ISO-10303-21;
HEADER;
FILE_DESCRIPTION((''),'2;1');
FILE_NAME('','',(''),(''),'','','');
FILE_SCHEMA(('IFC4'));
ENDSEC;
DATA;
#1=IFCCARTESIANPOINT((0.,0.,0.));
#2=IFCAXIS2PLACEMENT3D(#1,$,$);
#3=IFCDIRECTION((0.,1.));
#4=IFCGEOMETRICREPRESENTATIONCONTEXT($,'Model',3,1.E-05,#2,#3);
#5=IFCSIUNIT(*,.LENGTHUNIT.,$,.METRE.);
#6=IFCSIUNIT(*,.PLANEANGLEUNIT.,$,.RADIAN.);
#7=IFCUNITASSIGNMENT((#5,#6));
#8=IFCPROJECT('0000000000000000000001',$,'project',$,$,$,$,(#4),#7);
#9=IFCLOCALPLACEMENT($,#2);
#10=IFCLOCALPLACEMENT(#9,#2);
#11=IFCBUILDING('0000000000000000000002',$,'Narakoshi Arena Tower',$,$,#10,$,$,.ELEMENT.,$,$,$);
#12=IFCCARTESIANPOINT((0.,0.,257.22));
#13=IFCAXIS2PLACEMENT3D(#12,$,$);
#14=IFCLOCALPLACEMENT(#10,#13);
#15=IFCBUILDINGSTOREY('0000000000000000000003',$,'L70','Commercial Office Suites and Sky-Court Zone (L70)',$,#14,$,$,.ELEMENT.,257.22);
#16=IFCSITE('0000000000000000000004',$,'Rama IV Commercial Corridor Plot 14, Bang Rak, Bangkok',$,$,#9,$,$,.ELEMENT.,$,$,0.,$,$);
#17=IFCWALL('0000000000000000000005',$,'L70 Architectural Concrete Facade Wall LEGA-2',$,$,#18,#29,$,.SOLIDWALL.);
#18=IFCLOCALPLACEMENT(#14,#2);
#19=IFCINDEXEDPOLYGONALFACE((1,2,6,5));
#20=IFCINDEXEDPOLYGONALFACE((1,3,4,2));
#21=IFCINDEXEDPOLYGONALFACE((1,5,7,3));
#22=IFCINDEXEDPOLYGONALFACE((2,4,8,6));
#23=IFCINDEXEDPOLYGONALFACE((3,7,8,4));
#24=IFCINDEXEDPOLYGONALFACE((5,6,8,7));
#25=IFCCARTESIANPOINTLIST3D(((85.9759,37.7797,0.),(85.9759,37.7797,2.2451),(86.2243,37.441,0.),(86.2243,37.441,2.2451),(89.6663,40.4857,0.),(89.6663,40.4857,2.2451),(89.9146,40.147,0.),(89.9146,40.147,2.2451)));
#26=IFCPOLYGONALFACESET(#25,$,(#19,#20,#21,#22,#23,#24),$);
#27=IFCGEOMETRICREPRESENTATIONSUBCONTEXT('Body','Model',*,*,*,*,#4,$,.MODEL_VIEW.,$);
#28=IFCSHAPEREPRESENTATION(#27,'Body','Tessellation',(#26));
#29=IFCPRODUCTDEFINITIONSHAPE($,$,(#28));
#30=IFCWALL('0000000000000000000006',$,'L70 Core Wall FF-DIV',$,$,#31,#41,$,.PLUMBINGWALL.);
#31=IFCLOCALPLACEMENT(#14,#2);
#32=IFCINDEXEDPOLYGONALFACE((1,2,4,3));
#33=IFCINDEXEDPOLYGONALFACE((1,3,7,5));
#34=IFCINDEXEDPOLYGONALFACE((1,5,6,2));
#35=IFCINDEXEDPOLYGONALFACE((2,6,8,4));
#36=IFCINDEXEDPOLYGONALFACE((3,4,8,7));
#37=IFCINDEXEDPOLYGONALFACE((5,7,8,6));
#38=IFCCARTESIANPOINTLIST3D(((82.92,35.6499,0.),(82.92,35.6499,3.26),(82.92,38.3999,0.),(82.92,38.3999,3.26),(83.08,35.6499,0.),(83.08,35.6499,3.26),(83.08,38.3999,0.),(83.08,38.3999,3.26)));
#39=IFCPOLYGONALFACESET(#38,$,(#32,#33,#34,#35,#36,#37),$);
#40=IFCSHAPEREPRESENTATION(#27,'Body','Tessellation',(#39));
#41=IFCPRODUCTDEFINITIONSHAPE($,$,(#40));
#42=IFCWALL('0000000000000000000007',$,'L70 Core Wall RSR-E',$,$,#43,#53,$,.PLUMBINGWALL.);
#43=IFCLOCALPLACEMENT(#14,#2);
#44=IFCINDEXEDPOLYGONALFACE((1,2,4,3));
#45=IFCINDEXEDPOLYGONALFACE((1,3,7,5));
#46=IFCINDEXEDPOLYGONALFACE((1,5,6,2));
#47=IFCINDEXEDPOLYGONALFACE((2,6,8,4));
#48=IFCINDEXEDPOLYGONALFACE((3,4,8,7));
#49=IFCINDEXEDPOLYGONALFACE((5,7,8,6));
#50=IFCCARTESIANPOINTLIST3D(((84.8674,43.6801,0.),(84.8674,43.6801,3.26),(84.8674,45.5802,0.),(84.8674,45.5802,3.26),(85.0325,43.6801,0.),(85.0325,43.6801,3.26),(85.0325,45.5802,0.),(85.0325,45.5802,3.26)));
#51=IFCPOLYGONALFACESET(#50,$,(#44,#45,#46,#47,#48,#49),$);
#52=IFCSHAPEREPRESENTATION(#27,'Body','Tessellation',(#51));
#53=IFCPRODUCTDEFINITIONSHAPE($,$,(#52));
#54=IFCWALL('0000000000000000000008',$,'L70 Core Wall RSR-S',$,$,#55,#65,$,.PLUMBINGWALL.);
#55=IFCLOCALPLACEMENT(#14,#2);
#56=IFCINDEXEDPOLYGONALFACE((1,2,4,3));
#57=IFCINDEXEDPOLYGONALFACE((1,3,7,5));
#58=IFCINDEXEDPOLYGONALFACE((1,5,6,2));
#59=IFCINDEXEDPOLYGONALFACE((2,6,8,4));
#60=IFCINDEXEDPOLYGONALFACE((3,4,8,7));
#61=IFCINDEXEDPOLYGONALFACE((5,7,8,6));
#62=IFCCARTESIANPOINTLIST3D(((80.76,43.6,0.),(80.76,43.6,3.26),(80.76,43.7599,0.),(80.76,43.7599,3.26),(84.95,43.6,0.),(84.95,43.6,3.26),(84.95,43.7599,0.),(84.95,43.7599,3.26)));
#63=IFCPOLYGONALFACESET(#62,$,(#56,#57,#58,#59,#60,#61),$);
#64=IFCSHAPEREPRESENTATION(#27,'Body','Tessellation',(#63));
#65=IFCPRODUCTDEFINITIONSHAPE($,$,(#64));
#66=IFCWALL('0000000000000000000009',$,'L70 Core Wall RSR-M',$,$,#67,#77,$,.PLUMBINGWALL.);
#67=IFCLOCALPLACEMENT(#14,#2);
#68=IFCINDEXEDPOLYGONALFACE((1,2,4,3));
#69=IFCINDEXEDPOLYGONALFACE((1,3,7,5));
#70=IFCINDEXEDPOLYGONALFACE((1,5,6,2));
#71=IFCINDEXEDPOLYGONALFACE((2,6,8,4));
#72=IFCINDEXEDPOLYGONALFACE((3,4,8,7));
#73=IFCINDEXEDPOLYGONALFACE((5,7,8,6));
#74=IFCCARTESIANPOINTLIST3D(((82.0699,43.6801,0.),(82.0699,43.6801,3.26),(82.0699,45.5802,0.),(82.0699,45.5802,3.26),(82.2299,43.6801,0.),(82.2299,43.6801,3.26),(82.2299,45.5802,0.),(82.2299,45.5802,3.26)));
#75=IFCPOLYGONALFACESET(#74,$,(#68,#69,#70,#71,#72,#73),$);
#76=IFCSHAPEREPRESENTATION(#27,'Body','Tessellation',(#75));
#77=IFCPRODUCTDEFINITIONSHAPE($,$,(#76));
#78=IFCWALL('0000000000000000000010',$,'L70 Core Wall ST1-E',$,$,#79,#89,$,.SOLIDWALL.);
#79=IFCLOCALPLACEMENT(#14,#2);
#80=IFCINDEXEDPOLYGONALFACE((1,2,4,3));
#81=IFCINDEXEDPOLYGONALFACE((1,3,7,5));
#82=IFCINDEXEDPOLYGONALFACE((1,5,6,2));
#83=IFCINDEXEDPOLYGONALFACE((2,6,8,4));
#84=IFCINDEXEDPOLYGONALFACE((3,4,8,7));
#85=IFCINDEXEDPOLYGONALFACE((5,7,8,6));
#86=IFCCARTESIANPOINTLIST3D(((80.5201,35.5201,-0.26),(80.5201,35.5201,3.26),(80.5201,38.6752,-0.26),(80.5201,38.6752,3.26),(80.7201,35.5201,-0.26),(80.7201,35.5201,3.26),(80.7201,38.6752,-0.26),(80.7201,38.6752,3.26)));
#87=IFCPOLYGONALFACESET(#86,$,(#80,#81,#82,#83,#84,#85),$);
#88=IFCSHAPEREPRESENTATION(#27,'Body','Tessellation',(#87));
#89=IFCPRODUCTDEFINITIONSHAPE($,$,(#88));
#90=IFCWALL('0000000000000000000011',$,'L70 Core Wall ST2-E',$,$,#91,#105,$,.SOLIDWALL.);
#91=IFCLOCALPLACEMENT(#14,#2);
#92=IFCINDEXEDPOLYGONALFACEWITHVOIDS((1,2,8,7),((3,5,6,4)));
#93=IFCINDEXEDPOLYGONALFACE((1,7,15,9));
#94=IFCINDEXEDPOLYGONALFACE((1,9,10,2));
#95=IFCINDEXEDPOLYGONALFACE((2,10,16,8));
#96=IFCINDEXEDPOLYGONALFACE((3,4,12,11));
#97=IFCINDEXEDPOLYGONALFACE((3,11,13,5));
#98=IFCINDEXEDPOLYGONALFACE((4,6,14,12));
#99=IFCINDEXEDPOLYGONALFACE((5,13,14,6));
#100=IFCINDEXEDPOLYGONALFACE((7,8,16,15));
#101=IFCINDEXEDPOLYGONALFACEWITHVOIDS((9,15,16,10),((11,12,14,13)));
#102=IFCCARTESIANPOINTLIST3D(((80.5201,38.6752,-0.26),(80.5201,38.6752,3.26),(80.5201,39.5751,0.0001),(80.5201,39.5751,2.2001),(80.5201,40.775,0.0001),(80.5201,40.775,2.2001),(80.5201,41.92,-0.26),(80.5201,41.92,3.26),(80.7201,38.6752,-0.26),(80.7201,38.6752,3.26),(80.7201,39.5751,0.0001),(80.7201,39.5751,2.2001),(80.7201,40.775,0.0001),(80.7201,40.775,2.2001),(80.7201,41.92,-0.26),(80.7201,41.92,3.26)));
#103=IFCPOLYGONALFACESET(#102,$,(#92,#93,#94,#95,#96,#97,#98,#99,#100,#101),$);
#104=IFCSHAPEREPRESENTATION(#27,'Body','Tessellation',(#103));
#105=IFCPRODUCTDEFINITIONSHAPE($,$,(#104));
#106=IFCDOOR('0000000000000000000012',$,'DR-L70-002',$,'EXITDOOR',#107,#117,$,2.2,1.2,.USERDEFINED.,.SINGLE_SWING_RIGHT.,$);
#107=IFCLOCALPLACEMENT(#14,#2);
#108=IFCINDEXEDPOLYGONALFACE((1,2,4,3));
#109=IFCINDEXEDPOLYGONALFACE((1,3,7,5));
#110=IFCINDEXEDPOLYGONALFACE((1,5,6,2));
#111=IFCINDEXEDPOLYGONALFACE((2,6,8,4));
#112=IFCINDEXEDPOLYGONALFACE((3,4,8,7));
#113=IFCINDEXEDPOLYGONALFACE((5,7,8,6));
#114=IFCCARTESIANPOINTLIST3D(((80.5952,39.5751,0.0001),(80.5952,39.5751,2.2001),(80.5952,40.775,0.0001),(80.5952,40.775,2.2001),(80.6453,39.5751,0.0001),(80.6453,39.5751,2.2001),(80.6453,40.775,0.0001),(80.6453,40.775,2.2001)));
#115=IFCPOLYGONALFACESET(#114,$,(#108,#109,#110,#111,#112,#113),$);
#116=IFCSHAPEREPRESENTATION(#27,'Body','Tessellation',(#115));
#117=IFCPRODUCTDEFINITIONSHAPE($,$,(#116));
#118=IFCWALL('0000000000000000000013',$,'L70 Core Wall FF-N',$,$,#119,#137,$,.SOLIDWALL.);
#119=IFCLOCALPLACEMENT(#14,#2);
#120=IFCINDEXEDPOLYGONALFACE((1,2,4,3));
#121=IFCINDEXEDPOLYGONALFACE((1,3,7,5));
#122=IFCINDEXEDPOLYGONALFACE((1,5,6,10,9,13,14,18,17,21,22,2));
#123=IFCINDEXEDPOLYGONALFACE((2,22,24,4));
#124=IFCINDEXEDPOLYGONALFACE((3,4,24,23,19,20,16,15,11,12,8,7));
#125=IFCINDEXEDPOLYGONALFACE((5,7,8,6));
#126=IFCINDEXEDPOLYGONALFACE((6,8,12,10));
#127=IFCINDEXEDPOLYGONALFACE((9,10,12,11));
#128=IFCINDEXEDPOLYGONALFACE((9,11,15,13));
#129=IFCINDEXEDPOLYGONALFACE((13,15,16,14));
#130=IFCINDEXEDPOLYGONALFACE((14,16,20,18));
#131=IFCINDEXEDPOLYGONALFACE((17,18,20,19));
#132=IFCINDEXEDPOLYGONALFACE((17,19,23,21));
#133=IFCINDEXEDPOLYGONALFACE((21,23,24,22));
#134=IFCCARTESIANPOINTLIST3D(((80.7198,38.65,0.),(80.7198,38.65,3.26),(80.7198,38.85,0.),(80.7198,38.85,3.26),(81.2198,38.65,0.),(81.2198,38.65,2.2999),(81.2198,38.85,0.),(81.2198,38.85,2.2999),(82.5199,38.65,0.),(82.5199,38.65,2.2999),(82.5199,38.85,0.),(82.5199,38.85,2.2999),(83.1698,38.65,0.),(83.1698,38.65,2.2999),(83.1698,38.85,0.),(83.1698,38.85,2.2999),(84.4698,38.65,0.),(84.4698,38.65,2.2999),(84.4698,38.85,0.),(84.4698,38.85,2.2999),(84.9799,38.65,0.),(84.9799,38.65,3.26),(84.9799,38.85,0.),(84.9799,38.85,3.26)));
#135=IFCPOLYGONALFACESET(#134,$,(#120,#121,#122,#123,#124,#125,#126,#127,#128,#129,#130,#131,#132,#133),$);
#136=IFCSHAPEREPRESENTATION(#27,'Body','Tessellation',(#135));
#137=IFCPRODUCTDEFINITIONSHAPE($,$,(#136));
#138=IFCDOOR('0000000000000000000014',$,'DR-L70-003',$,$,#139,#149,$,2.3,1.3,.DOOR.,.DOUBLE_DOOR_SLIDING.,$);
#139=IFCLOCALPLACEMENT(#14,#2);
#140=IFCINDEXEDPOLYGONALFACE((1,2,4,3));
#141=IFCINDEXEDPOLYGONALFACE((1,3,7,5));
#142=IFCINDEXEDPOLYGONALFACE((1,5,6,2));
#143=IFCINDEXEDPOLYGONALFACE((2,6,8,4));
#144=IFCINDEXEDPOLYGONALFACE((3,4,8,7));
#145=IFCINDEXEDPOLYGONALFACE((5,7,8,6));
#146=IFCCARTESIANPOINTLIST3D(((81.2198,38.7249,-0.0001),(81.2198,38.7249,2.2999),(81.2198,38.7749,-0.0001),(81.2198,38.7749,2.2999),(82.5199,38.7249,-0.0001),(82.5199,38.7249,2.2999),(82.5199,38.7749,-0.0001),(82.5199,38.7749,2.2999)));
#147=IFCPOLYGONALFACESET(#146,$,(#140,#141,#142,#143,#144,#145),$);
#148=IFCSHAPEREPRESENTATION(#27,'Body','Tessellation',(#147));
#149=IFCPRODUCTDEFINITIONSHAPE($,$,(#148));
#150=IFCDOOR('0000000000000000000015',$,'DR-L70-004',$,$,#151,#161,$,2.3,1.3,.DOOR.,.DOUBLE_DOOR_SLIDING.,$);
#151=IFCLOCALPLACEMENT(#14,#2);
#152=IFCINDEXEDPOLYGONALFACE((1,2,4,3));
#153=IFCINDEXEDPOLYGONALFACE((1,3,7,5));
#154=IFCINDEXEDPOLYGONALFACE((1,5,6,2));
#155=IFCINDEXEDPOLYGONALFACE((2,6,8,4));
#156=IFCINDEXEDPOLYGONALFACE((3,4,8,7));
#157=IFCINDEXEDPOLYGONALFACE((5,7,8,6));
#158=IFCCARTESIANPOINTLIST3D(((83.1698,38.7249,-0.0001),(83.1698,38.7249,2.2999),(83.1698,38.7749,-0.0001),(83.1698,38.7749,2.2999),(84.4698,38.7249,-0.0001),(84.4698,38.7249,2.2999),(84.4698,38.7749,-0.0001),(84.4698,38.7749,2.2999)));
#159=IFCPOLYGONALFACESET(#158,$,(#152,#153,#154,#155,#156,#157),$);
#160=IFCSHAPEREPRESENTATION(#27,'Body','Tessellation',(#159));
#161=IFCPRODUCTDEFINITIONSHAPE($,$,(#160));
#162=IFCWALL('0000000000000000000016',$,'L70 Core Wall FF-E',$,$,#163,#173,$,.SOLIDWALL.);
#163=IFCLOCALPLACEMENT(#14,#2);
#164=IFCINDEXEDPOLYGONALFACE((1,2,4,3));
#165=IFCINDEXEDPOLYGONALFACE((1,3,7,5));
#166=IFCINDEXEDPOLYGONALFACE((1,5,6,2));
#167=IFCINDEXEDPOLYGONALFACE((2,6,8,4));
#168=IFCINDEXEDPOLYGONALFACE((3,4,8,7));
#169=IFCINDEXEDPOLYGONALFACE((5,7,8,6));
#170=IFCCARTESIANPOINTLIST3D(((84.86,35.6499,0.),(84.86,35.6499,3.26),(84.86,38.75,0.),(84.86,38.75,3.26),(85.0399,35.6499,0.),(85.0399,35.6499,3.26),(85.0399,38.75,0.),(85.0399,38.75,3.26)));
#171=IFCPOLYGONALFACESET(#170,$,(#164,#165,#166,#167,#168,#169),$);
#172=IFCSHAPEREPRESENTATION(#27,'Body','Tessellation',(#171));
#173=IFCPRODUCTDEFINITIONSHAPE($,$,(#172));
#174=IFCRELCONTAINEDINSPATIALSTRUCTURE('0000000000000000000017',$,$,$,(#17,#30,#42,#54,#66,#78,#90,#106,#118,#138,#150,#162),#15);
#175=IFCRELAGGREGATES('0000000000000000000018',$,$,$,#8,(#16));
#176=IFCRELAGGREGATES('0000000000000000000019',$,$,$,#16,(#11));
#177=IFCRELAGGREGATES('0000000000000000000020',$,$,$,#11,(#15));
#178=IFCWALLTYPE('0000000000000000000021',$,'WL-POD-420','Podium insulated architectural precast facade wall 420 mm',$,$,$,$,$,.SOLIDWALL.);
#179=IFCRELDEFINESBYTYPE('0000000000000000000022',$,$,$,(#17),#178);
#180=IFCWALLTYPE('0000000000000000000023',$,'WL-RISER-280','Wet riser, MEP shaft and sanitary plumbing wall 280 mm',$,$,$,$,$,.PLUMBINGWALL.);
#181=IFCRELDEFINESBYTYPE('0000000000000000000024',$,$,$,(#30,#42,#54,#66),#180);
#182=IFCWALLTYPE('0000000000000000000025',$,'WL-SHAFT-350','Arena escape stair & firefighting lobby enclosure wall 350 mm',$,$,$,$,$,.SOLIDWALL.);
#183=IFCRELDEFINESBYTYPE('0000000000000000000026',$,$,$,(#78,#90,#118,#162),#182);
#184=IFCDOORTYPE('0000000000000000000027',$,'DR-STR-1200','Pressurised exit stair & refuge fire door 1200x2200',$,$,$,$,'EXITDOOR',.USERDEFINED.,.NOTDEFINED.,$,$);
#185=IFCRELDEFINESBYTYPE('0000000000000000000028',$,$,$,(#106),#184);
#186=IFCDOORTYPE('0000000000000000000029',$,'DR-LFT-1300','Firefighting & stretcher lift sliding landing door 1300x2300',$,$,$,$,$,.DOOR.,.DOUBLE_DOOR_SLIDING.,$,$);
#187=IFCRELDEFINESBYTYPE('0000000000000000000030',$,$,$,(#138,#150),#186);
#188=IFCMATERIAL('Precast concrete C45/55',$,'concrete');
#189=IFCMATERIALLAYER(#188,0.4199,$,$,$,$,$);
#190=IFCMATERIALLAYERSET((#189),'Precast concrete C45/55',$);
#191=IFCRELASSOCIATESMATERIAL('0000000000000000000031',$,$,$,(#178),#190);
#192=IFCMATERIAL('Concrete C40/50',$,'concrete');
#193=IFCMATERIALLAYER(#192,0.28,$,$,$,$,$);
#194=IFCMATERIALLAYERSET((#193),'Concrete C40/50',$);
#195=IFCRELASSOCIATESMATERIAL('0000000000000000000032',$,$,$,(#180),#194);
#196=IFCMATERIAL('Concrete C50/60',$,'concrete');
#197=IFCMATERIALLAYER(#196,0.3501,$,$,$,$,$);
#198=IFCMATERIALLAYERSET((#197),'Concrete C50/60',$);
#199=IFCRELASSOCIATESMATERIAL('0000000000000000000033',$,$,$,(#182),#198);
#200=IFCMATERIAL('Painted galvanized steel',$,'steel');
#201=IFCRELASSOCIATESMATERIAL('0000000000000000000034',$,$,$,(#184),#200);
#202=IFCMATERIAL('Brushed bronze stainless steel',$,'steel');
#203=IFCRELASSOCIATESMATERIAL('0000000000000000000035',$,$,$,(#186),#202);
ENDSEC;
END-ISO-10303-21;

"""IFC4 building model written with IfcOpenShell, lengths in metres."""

from ifc_helpers import new_model, si_unit, direction, frame, frame_2d, origin, place, context, subcontext, project, spatial, rectangle, extrude, material, layer, layer_set, type_object, element, fill, save


model = new_model("IFC4")

# Units and contexts
model_context = context("Model", 3, precision=1e-05, world=origin(), true_north=direction((0.0, 1.0)))
body_context = subcontext(model_context, "Body", "Model", "MODEL_VIEW")
ifc_project = project(units=[si_unit("LENGTHUNIT", "METRE"), si_unit("PLANEANGLEUNIT", "RADIAN")], contexts=[model_context])

# Site, building, storey
site_placement = place(None, origin())
site = spatial("IfcSite", under=ifc_project, at=site_placement, Name="Rama IV Commercial Corridor Plot 14, Bang Rak, Bangkok", CompositionType="ELEMENT", RefElevation=0.0)
building_placement = place(site_placement, origin())
building = spatial("IfcBuilding", under=site, at=building_placement, Name="Narakoshi Arena Tower", CompositionType="ELEMENT")
storey_placement = place(building_placement, frame((0.0, 0.0, 257.22)))
storey = spatial("IfcBuildingStorey", under=building, at=storey_placement, Name="L70", Description="Commercial Office Suites and Sky-Court Zone (L70)", CompositionType="ELEMENT", Elevation=257.22)

# Shared definitions
ifc_material_1 = material(Name="Concrete C50/60", Category="concrete")

# Walls
ifc_material_2 = material(Name="Precast concrete C45/55", Category="concrete")
ifc_layer_1 = layer(ifc_material_2, 0.4199)
ifc_layer_set_1 = layer_set([ifc_layer_1], Name="Precast concrete C45/55")
wall_type_1 = type_object("IfcWallType", Name="WL-POD-420", Description="Podium insulated architectural precast facade wall 420 mm", PredefinedType="SOLIDWALL", material=ifc_layer_set_1)
wall_1_placement = place(storey_placement, frame((86.1001, 37.6104, 0.0), z_axis=(0.0, 0.0, 1.0), x_axis=(0.806432, 0.591327, 0.0)))
element("IfcWall", 1, at=wall_1_placement, inside=storey, type_object=wall_type_1, Name="L70 Architectural Concrete Facade Wall LEGA-2", PredefinedType="SOLIDWALL", context=body_context, shape_type="SweptSolid", body=[
    extrude(rectangle(XDim=4.5762, YDim=0.4199, at=frame_2d((2.2881, 0.0))), origin(), (0.0, 0.0, 1.0), 2.2451),
])
ifc_material_3 = material(Name="Concrete C40/50", Category="concrete")
ifc_layer_2 = layer(ifc_material_3, 0.28)
ifc_layer_set_2 = layer_set([ifc_layer_2], Name="Concrete C40/50")
wall_type_2 = type_object("IfcWallType", Name="WL-RISER-280", Description="Wet riser, MEP shaft and sanitary plumbing wall 280 mm", PredefinedType="PLUMBINGWALL", material=ifc_layer_set_2)
wall_2_placement = place(storey_placement, frame((83.0, 35.6499, 0.0), z_axis=(0.0, 0.0, 1.0), x_axis=(0.0, 1.0, 0.0)))
element("IfcWall", 2, at=wall_2_placement, inside=storey, type_object=wall_type_2, Name="L70 Core Wall FF-DIV", PredefinedType="PLUMBINGWALL", context=body_context, shape_type="SweptSolid", body=[
    extrude(rectangle(XDim=2.75, YDim=0.1599, at=frame_2d((1.375, 0.0))), origin(), (0.0, 0.0, 1.0), 3.26),
])
wall_3_placement = place(storey_placement, frame((84.95, 43.6799, 0.0), z_axis=(0.0, 0.0, 1.0), x_axis=(0.0, 1.0, 0.0)))
element("IfcWall", 3, at=wall_3_placement, inside=storey, type_object=wall_type_2, Name="L70 Core Wall RSR-E", PredefinedType="PLUMBINGWALL", context=body_context, shape_type="SweptSolid", body=[
    extrude(rectangle(XDim=1.9001, YDim=0.165, at=frame_2d((0.9502, 0.0))), origin(), (0.0, 0.0, 1.0), 3.26),
])
wall_4_placement = place(storey_placement, frame((80.76, 43.6799, 0.0), z_axis=(0.0, 0.0, 1.0), x_axis=(1.0, 0.0, 0.0)))
element("IfcWall", 4, at=wall_4_placement, inside=storey, type_object=wall_type_2, Name="L70 Core Wall RSR-S", PredefinedType="PLUMBINGWALL", context=body_context, shape_type="SweptSolid", body=[
    extrude(rectangle(XDim=4.1899, YDim=0.1599, at=frame_2d((2.095, 0.0))), origin(), (0.0, 0.0, 1.0), 3.26),
])
wall_5_placement = place(storey_placement, frame((82.1499, 43.6799, 0.0), z_axis=(0.0, 0.0, 1.0), x_axis=(0.0, 1.0, 0.0)))
element("IfcWall", 5, at=wall_5_placement, inside=storey, type_object=wall_type_2, Name="L70 Core Wall RSR-M", PredefinedType="PLUMBINGWALL", context=body_context, shape_type="SweptSolid", body=[
    extrude(rectangle(XDim=1.9001, YDim=0.1599, at=frame_2d((0.9502, 0.0))), origin(), (0.0, 0.0, 1.0), 3.26),
])
ifc_layer_3 = layer(ifc_material_1, 0.3501)
ifc_layer_set_3 = layer_set([ifc_layer_3], Name="Concrete C50/60")
wall_type_3 = type_object("IfcWallType", Name="WL-SHAFT-350", Description="Arena escape stair & firefighting lobby enclosure wall 350 mm", PredefinedType="SOLIDWALL", material=ifc_layer_set_3)
wall_6_placement = place(storey_placement, frame((80.6201, 35.52, -0.26), z_axis=(0.0, 0.0, 1.0), x_axis=(0.0, 1.0, 0.0)))
element("IfcWall", 6, at=wall_6_placement, inside=storey, type_object=wall_type_3, Name="L70 Core Wall ST1-E", PredefinedType="SOLIDWALL", context=body_context, shape_type="SweptSolid", body=[
    extrude(rectangle(XDim=3.155, YDim=0.2, at=frame_2d((1.5776, 0.0))), origin(), (0.0, 0.0, 1.0), 3.52),
])

# Wall, opening, door
wall_7_placement = place(storey_placement, frame((80.6201, 38.675, -0.26), z_axis=(0.0, 0.0, 1.0), x_axis=(0.0, 1.0, 0.0)))
wall_7 = element("IfcWall", 7, at=wall_7_placement, inside=storey, type_object=wall_type_3, Name="L70 Core Wall ST2-E", PredefinedType="SOLIDWALL", context=body_context, shape_type="SweptSolid", body=[
    extrude(rectangle(XDim=3.2449, YDim=0.2, at=frame_2d((1.6226, 0.0))), origin(), (0.0, 0.0, 1.0), 3.52),
])
opening_1_placement = place(wall_7_placement, frame((0.8999, 0.0, 0.26)))
opening_1 = element("IfcOpeningElement", 8, at=opening_1_placement, cuts=wall_7, PredefinedType="OPENING", context=body_context, shape_type="SweptSolid", body=[
    extrude(rectangle(XDim=1.2, YDim=2.2, at=frame_2d((0.6001, 1.1001))), frame((0.0, 0.1099, 0.0), z_axis=(0.0, -1.0, 0.0), x_axis=(1.0, 0.0, 0.0)), (0.0, 0.0, 1.0), 0.22),
])
ifc_material_4 = material(Name="Painted galvanized steel", Category="steel")
door_type_1 = type_object("IfcDoorType", Name="DR-STR-1200", Description="Pressurised exit stair & refuge fire door 1200x2200", ElementType="EXITDOOR", OperationType="NOTDEFINED", PredefinedType="USERDEFINED", material=ifc_material_4)
door_1_placement = place(opening_1_placement, origin())
door_1 = element("IfcDoor", 9, at=door_1_placement, inside=storey, type_object=door_type_1, Name="DR-L70-002", ObjectType="EXITDOOR", OperationType="SINGLE_SWING_RIGHT", OverallHeight=2.2, OverallWidth=1.2, PredefinedType="USERDEFINED", context=body_context, shape_type="SweptSolid", body=[
    extrude(rectangle(XDim=1.2, YDim=2.2, at=frame_2d((0.6001, 1.1001))), frame((0.0, 0.0249, 0.0), z_axis=(0.0, -1.0, 0.0), x_axis=(1.0, 0.0, 0.0)), (0.0, 0.0, 1.0), 0.05),
])
fill(opening_1, door_1)

# Wall, openings, doors
wall_8_placement = place(storey_placement, frame((80.72, 38.75, 0.0), z_axis=(0.0, 0.0, 1.0), x_axis=(1.0, 0.0, 0.0)))
wall_8 = element("IfcWall", 10, at=wall_8_placement, inside=storey, type_object=wall_type_3, Name="L70 Core Wall FF-N", PredefinedType="SOLIDWALL", context=body_context, shape_type="SweptSolid", body=[
    extrude(rectangle(XDim=4.26, YDim=0.2, at=frame_2d((2.1299, 0.0))), origin(), (0.0, 0.0, 1.0), 3.26),
])
opening_2_placement = place(wall_8_placement, frame((0.5, 0.0, 0.0)))
opening_2 = element("IfcOpeningElement", 11, at=opening_2_placement, cuts=wall_8, PredefinedType="OPENING", context=body_context, shape_type="SweptSolid", body=[
    extrude(rectangle(XDim=1.3, YDim=2.3, at=frame_2d((0.6499, 1.1499))), frame((0.0, 0.1099, 0.0), z_axis=(0.0, -1.0, 0.0), x_axis=(1.0, 0.0, 0.0)), (0.0, 0.0, 1.0), 0.22),
])
opening_3_placement = place(wall_8_placement, frame((2.45, 0.0, 0.0)))
opening_3 = element("IfcOpeningElement", 12, at=opening_3_placement, cuts=wall_8, PredefinedType="OPENING", context=body_context, shape_type="SweptSolid", body=[
    extrude(rectangle(XDim=1.3, YDim=2.3, at=frame_2d((0.6499, 1.1499))), frame((0.0, 0.1099, 0.0), z_axis=(0.0, -1.0, 0.0), x_axis=(1.0, 0.0, 0.0)), (0.0, 0.0, 1.0), 0.22),
])
ifc_material_5 = material(Name="Brushed bronze stainless steel", Category="steel")
door_type_2 = type_object("IfcDoorType", Name="DR-LFT-1300", Description="Firefighting & stretcher lift sliding landing door 1300x2300", OperationType="DOUBLE_DOOR_SLIDING", PredefinedType="DOOR", material=ifc_material_5)
door_2_placement = place(opening_2_placement, origin())
door_2 = element("IfcDoor", 13, at=door_2_placement, inside=storey, type_object=door_type_2, Name="DR-L70-003", OperationType="DOUBLE_DOOR_SLIDING", OverallHeight=2.3, OverallWidth=1.3, PredefinedType="DOOR", context=body_context, shape_type="SweptSolid", body=[
    extrude(rectangle(XDim=1.3, YDim=2.3, at=frame_2d((0.6499, 1.1499))), frame((0.0, 0.0249, 0.0), z_axis=(0.0, -1.0, 0.0), x_axis=(1.0, 0.0, 0.0)), (0.0, 0.0, 1.0), 0.05),
])
fill(opening_2, door_2)
door_3_placement = place(opening_3_placement, origin())
door_3 = element("IfcDoor", 14, at=door_3_placement, inside=storey, type_object=door_type_2, Name="DR-L70-004", OperationType="DOUBLE_DOOR_SLIDING", OverallHeight=2.3, OverallWidth=1.3, PredefinedType="DOOR", context=body_context, shape_type="SweptSolid", body=[
    extrude(rectangle(XDim=1.3, YDim=2.3, at=frame_2d((0.6499, 1.1499))), frame((0.0, 0.0249, 0.0), z_axis=(0.0, -1.0, 0.0), x_axis=(1.0, 0.0, 0.0)), (0.0, 0.0, 1.0), 0.05),
])
fill(opening_3, door_3)

# Wall
for number, where, z_axis, x_axis, name in (
    (15, (84.95, 35.6499, 0.0), (0.0, 0.0, 1.0), (0.0, 1.0, 0.0), "L70 Core Wall FF-E"),
):
    element("IfcWall", number, at=place(storey_placement, frame(where, z_axis=z_axis, x_axis=x_axis)), inside=storey, type_object=wall_type_3, Name=name, PredefinedType="SOLIDWALL", context=body_context, shape_type="SweptSolid", body=[
        extrude(rectangle(XDim=3.1001, YDim=0.1799, at=frame_2d((1.55, 0.0))), origin(), (0.0, 0.0, 1.0), 3.26),
    ])

save(model, "model.ifc")
